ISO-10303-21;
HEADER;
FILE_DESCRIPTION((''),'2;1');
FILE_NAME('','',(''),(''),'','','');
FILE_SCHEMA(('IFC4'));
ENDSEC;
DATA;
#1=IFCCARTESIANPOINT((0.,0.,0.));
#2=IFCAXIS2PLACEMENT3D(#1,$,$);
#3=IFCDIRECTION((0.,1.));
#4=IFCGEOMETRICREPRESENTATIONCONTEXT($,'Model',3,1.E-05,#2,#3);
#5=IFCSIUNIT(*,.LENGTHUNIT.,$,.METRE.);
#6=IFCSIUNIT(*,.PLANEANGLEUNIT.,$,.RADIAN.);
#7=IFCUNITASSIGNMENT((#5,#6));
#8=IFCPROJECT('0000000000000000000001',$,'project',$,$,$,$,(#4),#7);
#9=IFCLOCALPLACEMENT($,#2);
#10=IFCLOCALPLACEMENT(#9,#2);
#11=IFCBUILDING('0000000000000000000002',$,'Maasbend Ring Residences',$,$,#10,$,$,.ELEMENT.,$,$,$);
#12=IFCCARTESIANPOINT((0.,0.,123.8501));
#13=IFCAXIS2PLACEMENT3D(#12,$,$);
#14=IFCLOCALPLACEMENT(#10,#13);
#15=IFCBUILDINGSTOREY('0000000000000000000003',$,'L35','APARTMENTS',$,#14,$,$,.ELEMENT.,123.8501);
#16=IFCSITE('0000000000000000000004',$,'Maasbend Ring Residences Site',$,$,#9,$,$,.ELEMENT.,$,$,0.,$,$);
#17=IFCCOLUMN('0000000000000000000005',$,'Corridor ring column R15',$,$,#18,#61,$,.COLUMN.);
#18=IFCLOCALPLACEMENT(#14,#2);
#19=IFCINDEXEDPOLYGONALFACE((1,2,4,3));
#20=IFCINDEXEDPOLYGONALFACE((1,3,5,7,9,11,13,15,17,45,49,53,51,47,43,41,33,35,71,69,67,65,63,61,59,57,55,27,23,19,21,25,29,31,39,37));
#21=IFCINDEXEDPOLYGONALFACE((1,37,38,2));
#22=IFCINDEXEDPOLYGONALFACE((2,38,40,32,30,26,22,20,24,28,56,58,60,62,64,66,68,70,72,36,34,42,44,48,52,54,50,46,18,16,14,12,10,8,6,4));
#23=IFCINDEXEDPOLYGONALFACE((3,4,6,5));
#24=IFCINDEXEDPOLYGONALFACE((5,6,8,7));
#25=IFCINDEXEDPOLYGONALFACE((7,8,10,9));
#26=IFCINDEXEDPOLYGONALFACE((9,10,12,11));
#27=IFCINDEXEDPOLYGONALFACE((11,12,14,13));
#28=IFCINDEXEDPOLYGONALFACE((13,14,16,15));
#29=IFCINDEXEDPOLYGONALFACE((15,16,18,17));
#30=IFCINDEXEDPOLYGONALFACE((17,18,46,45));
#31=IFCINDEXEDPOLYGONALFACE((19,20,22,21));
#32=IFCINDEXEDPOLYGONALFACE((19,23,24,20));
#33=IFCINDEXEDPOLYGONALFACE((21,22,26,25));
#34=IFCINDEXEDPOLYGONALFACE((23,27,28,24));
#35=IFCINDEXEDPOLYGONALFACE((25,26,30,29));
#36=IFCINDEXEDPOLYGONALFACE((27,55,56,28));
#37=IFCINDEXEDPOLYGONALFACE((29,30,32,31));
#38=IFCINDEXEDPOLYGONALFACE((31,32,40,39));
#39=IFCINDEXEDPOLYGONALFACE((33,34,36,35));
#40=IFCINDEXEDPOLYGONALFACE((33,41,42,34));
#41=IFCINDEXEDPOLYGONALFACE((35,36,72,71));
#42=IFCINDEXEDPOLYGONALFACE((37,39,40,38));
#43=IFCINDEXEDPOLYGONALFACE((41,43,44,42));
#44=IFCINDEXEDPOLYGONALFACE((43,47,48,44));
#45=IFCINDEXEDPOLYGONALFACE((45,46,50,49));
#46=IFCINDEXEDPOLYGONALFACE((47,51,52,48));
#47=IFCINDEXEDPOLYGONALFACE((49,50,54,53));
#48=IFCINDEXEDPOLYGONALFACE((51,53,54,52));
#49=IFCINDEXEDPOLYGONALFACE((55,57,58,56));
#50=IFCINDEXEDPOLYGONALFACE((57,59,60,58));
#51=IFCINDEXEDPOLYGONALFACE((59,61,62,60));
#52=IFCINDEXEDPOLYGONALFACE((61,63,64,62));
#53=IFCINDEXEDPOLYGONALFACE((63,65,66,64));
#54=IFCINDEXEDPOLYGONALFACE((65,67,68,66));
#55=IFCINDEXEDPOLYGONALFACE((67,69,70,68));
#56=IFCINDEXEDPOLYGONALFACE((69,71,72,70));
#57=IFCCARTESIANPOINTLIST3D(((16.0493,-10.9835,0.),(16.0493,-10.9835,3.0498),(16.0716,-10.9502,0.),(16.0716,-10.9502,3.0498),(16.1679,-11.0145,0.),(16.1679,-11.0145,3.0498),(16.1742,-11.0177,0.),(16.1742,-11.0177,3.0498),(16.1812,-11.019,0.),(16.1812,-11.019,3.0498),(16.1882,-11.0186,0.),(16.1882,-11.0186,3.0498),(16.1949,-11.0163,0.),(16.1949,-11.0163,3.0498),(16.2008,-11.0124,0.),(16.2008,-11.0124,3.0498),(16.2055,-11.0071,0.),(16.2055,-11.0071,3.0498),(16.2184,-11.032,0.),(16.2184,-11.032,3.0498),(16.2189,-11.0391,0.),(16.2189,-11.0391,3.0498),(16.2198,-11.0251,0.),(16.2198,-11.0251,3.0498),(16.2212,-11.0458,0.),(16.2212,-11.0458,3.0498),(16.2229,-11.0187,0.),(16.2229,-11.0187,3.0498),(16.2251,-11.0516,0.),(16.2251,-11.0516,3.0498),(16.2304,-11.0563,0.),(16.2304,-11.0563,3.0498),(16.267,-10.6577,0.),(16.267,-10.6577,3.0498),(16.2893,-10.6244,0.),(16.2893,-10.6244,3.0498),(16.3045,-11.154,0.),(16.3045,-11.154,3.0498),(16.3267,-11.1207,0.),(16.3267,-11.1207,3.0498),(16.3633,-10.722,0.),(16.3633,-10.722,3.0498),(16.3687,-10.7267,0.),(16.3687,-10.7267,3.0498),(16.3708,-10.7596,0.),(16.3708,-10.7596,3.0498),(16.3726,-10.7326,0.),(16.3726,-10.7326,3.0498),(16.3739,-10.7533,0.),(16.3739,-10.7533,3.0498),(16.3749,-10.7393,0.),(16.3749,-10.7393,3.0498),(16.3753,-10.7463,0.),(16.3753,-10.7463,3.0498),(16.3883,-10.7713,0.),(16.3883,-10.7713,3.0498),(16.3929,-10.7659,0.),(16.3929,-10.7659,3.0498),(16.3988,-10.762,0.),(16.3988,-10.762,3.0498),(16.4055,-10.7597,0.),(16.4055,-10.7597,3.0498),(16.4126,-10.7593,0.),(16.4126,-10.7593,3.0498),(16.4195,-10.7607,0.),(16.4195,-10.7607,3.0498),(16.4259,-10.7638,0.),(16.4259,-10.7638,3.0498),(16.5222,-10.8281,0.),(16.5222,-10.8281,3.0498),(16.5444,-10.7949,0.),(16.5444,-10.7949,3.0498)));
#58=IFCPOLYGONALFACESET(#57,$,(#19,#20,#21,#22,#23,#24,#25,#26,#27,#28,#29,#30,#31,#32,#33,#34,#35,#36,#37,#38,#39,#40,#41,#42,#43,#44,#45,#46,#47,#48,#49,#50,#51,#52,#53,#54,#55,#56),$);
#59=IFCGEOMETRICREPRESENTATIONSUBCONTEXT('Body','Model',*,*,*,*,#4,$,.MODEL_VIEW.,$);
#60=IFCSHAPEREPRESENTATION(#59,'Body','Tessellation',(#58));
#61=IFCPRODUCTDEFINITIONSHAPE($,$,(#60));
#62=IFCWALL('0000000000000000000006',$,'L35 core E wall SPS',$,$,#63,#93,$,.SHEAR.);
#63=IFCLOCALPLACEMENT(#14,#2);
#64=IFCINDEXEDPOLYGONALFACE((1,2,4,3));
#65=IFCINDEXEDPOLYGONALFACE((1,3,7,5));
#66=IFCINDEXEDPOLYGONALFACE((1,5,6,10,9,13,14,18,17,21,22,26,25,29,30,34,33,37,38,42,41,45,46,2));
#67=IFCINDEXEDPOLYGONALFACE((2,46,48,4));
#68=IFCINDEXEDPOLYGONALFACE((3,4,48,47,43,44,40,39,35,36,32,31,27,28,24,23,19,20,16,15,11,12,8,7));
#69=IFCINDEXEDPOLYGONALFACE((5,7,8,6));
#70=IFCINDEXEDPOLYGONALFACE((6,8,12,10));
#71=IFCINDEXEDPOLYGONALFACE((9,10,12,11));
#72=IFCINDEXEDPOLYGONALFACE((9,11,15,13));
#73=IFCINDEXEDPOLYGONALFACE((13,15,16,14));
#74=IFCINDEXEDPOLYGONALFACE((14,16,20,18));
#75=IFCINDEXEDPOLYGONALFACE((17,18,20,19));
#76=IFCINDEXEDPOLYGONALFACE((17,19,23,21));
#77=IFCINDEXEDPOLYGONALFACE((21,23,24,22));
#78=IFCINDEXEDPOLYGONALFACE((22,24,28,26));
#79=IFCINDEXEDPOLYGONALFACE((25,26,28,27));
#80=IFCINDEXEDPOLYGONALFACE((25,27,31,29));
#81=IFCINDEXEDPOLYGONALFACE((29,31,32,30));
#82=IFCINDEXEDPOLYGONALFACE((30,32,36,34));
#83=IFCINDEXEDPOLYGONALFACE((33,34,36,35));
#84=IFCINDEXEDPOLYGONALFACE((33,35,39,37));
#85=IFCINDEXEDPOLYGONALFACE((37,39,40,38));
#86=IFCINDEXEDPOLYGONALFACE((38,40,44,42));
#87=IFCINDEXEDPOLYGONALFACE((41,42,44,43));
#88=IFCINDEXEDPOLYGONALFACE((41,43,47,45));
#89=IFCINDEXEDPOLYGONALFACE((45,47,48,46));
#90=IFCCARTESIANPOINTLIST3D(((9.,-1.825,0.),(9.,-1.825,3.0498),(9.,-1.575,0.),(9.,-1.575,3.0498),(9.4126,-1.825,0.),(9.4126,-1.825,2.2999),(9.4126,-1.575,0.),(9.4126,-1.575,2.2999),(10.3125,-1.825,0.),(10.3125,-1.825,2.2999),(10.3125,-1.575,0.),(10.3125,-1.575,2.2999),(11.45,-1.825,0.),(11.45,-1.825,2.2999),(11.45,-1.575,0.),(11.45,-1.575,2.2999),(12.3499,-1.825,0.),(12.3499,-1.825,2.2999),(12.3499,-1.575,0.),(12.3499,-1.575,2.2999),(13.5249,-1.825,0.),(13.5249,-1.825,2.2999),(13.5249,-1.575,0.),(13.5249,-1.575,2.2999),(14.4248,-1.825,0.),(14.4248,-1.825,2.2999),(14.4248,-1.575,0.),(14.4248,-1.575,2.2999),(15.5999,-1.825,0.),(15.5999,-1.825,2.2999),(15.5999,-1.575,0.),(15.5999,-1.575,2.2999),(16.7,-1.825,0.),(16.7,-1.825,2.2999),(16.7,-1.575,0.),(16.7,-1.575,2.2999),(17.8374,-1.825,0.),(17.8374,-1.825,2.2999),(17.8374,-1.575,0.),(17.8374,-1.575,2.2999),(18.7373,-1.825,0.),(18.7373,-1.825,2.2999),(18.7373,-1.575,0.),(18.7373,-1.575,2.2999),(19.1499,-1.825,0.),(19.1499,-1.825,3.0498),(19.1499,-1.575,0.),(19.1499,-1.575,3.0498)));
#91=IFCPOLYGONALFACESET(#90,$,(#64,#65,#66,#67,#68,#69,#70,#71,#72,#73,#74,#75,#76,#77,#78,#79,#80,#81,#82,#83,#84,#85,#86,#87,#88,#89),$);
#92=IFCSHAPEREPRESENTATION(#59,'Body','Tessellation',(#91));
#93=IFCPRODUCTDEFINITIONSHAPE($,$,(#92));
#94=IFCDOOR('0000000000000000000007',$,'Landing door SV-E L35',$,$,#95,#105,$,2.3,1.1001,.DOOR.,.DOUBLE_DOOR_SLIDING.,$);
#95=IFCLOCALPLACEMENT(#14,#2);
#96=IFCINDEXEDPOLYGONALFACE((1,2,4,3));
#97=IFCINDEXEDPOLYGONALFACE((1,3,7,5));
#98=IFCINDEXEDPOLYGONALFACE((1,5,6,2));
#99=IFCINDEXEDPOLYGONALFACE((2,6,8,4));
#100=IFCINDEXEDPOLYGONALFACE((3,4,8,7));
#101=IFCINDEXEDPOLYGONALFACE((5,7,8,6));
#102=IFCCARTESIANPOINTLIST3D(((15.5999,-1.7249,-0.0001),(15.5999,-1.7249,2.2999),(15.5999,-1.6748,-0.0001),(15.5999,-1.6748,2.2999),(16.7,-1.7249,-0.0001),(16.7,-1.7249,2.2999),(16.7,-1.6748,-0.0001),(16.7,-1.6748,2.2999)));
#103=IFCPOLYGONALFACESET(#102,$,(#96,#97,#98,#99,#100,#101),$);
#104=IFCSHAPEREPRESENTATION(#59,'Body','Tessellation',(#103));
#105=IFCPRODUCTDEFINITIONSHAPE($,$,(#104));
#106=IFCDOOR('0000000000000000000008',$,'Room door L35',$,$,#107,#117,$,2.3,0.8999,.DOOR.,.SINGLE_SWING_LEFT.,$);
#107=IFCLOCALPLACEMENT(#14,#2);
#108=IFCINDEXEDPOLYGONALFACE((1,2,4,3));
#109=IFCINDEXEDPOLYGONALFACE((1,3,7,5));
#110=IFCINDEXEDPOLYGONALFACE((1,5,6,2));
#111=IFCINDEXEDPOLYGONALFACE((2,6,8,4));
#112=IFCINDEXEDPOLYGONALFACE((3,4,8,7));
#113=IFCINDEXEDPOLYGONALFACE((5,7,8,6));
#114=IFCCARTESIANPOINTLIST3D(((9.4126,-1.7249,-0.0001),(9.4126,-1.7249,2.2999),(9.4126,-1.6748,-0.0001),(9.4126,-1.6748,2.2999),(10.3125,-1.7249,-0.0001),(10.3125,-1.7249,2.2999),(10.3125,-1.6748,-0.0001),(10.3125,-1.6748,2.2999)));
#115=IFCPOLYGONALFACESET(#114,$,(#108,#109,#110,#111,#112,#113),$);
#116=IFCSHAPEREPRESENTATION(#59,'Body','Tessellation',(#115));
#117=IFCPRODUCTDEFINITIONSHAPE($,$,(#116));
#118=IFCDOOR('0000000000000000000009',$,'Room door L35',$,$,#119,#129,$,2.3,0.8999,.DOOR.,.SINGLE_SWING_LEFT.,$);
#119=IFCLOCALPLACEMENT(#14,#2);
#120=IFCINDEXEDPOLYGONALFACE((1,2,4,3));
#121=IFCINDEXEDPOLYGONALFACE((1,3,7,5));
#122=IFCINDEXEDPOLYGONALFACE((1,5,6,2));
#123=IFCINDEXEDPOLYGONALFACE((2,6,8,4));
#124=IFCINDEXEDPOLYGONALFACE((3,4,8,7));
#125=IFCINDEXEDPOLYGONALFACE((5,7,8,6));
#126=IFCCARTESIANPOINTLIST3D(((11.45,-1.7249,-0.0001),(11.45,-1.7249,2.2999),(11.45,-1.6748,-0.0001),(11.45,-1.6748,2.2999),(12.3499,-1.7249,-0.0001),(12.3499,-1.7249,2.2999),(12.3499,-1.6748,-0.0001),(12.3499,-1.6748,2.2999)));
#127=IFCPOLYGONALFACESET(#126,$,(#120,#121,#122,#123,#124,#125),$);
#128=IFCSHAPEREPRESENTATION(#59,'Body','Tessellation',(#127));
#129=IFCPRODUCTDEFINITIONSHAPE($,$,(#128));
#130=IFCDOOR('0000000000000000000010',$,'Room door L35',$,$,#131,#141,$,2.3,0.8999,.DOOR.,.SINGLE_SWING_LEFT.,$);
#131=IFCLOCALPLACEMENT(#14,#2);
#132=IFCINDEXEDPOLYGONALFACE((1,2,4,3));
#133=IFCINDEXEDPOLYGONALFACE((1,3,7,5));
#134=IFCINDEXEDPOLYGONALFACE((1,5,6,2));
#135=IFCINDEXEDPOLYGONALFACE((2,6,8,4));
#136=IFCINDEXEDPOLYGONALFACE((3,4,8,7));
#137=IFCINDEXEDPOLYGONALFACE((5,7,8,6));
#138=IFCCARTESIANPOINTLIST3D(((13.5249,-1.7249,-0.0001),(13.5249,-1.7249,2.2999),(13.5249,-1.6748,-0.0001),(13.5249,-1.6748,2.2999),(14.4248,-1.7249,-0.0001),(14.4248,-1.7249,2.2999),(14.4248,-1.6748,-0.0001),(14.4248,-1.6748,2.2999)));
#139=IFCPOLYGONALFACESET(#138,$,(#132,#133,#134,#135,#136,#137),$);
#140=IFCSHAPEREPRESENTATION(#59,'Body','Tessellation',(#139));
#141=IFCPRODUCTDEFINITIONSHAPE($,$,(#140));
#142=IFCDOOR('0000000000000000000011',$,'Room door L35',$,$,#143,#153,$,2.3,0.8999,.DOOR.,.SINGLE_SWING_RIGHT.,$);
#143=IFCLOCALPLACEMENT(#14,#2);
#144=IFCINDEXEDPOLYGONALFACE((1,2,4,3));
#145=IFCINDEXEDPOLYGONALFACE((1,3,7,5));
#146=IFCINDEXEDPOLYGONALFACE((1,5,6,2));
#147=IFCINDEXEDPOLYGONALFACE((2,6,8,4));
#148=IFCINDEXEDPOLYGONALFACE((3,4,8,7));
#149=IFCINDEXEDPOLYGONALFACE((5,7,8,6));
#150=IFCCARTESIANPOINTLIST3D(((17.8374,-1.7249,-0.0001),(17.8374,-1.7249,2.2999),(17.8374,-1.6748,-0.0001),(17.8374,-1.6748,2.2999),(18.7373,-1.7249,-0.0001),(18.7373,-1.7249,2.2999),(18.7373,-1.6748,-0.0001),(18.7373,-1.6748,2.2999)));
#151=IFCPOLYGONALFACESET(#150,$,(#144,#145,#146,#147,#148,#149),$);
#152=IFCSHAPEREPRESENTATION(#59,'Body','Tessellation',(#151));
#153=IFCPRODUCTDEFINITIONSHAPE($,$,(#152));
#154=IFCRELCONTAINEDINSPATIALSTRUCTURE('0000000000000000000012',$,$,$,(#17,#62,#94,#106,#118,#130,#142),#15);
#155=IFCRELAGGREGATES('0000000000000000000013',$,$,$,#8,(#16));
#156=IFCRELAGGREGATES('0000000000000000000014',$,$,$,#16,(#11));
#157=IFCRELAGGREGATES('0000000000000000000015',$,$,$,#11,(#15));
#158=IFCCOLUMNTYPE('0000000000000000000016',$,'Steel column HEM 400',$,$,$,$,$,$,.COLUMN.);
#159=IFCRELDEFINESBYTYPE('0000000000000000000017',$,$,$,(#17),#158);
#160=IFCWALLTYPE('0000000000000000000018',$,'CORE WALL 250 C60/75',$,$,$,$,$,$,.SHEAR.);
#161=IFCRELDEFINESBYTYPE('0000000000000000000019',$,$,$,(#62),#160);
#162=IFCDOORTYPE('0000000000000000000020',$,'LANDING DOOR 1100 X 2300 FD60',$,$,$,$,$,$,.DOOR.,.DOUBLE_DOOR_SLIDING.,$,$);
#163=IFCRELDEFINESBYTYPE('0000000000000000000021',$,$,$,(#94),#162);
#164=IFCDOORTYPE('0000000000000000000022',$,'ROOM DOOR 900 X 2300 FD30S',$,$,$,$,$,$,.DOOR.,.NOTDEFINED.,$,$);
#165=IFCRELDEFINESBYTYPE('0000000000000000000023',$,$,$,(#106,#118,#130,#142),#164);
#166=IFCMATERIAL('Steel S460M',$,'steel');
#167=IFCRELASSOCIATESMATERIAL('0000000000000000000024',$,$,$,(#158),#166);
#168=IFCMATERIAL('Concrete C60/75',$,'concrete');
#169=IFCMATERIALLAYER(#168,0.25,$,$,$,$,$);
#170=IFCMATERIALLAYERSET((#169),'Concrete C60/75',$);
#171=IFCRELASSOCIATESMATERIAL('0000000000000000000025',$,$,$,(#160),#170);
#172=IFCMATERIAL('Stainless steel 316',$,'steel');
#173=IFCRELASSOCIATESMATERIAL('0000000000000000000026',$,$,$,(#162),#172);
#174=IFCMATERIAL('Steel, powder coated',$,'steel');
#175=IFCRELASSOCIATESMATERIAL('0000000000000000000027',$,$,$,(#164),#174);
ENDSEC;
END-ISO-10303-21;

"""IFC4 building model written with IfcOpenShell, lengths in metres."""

from ifc_helpers import new_model, si_unit, direction, frame, frame_2d, origin, origin_2d, place, context, subcontext, project, spatial, rectangle, i_section, extrude, material, layer, layer_set, material_profile, profile_set, type_object, element, fill, save


model = new_model("IFC4")

# Units and contexts
model_context = context("Model", 3, precision=1e-05, world=origin(), true_north=direction((0.0, 1.0)))
body_context = subcontext(model_context, "Body", "Model", "MODEL_VIEW")
ifc_project = project(units=[si_unit("LENGTHUNIT", "METRE"), si_unit("PLANEANGLEUNIT", "RADIAN")], contexts=[model_context])

# Site, building, storey
site_placement = place(None, origin())
site = spatial("IfcSite", under=ifc_project, at=site_placement, Name="Maasbend Ring Residences Site", CompositionType="ELEMENT", RefElevation=0.0)
building_placement = place(site_placement, origin())
building = spatial("IfcBuilding", under=site, at=building_placement, Name="Maasbend Ring Residences", CompositionType="ELEMENT")
storey_placement = place(building_placement, frame((0.0, 0.0, 123.8501)))
storey = spatial("IfcBuildingStorey", under=building, at=storey_placement, Name="L35", Description="APARTMENTS", CompositionType="ELEMENT", Elevation=123.8501)

# Column
ifc_material_1 = material(Name="Steel S460M", Category="steel")
ifc_material_profile = material_profile(ifc_material_1, i_section(OverallWidth=0.3069, OverallDepth=0.4319, WebThickness=0.021, FlangeThickness=0.04, FilletRadius=0.0271, at=origin_2d()), Name="HEM 400")
ifc_profile_set = profile_set([ifc_material_profile], Name="Steel S460M")
column_type = type_object("IfcColumnType", Name="Steel column HEM 400", PredefinedType="COLUMN", material=ifc_profile_set)
column_placement = place(storey_placement, frame((16.2969, -10.8892, 0.0), z_axis=(0.0, 0.0, 1.0), x_axis=(0.83147, -0.55557, 0.0)))
element("IfcColumn", 1, at=column_placement, inside=storey, type_object=column_type, Name="Corridor ring column R15", PredefinedType="COLUMN", context=body_context, shape_type="SweptSolid", body=[
    extrude(i_section(OverallWidth=0.3069, OverallDepth=0.4319, WebThickness=0.021, FlangeThickness=0.04, FilletRadius=0.0271, at=origin_2d()), origin(), (0.0, 0.0, 1.0), 3.0498),
])

# Wall, openings, doors
ifc_material_2 = material(Name="Concrete C60/75", Category="concrete")
ifc_layer_1 = layer(ifc_material_2, 0.25)
ifc_layer_set_1 = layer_set([ifc_layer_1], Name="Concrete C60/75")
wall_type_1 = type_object("IfcWallType", Name="CORE WALL 250 C60/75", PredefinedType="SHEAR", material=ifc_layer_set_1)
wall_1_placement = place(storey_placement, frame((19.1499, -1.7, 0.0), z_axis=(0.0, 0.0, 1.0), x_axis=(-1.0, 0.0, 0.0)))
wall_1 = element("IfcWall", 2, at=wall_1_placement, inside=storey, type_object=wall_type_1, Name="L35 core E wall SPS", PredefinedType="SHEAR", context=body_context, shape_type="SweptSolid", body=[
    extrude(rectangle(XDim=10.1499, YDim=0.25, at=frame_2d((5.075, 0.0))), origin(), (0.0, 0.0, 1.0), 3.0498),
])
opening_1_placement = place(wall_1_placement, frame((2.45, 0.0, 0.0)))
opening_1 = element("IfcOpeningElement", 3, at=opening_1_placement, cuts=wall_1, PredefinedType="OPENING", context=body_context, shape_type="SweptSolid", body=[
    extrude(rectangle(XDim=1.1001, YDim=2.3, at=frame_2d((0.55, 1.1499))), frame((0.0, 0.135, 0.0), z_axis=(0.0, -1.0, 0.0), x_axis=(1.0, 0.0, 0.0)), (0.0, 0.0, 1.0), 0.27),
])
opening_2_placement = place(wall_1_placement, frame((8.8374, 0.0, 0.0)))
opening_2 = element("IfcOpeningElement", 4, at=opening_2_placement, cuts=wall_1, PredefinedType="OPENING", context=body_context, shape_type="SweptSolid", body=[
    extrude(rectangle(XDim=0.8999, YDim=2.3, at=frame_2d((0.45, 1.1499))), frame((0.0, 0.135, 0.0), z_axis=(0.0, -1.0, 0.0), x_axis=(1.0, 0.0, 0.0)), (0.0, 0.0, 1.0), 0.27),
])
opening_3_placement = place(wall_1_placement, frame((6.8, 0.0, 0.0)))
opening_3 = element("IfcOpeningElement", 5, at=opening_3_placement, cuts=wall_1, PredefinedType="OPENING", context=body_context, shape_type="SweptSolid", body=[
    extrude(rectangle(XDim=0.8999, YDim=2.3, at=frame_2d((0.45, 1.1499))), frame((0.0, 0.135, 0.0), z_axis=(0.0, -1.0, 0.0), x_axis=(1.0, 0.0, 0.0)), (0.0, 0.0, 1.0), 0.27),
])
opening_4_placement = place(wall_1_placement, frame((4.7251, 0.0, 0.0)))
opening_4 = element("IfcOpeningElement", 6, at=opening_4_placement, cuts=wall_1, PredefinedType="OPENING", context=body_context, shape_type="SweptSolid", body=[
    extrude(rectangle(XDim=0.8999, YDim=2.3, at=frame_2d((0.45, 1.1499))), frame((0.0, 0.135, 0.0), z_axis=(0.0, -1.0, 0.0), x_axis=(1.0, 0.0, 0.0)), (0.0, 0.0, 1.0), 0.27),
])
opening_5_placement = place(wall_1_placement, frame((0.4126, 0.0, 0.0)))
opening_5 = element("IfcOpeningElement", 7, at=opening_5_placement, cuts=wall_1, PredefinedType="OPENING", context=body_context, shape_type="SweptSolid", body=[
    extrude(rectangle(XDim=0.8999, YDim=2.3, at=frame_2d((0.45, 1.1499))), frame((0.0, 0.135, 0.0), z_axis=(0.0, -1.0, 0.0), x_axis=(1.0, 0.0, 0.0)), (0.0, 0.0, 1.0), 0.27),
])
ifc_material_3 = material(Name="Stainless steel 316", Category="steel")
door_type_1 = type_object("IfcDoorType", Name="LANDING DOOR 1100 X 2300 FD60", OperationType="DOUBLE_DOOR_SLIDING", PredefinedType="DOOR", material=ifc_material_3)
door_1_placement = place(opening_1_placement, origin())
door_1 = element("IfcDoor", 8, at=door_1_placement, inside=storey, type_object=door_type_1, Name="Landing door SV-E L35", OperationType="DOUBLE_DOOR_SLIDING", OverallHeight=2.3, OverallWidth=1.1001, PredefinedType="DOOR", context=body_context, shape_type="SweptSolid", body=[
    extrude(rectangle(XDim=1.1001, YDim=2.3, at=frame_2d((0.55, 1.1499))), frame((0.0, 0.0249, 0.0), z_axis=(0.0, -1.0, 0.0), x_axis=(1.0, 0.0, 0.0)), (0.0, 0.0, 1.0), 0.05),
])
fill(opening_1, door_1)
ifc_material_4 = material(Name="Steel, powder coated", Category="steel")
door_type_2 = type_object("IfcDoorType", Name="ROOM DOOR 900 X 2300 FD30S", OperationType="NOTDEFINED", PredefinedType="DOOR", material=ifc_material_4)
door_2_placement = place(opening_2_placement, origin())
door_2 = element("IfcDoor", 9, at=door_2_placement, inside=storey, type_object=door_type_2, Name="Room door L35", OperationType="SINGLE_SWING_LEFT", OverallHeight=2.3, OverallWidth=0.8999, PredefinedType="DOOR", context=body_context, shape_type="SweptSolid", body=[
    extrude(rectangle(XDim=0.8999, YDim=2.3, at=frame_2d((0.45, 1.1499))), frame((0.0, 0.0249, 0.0), z_axis=(0.0, -1.0, 0.0), x_axis=(1.0, 0.0, 0.0)), (0.0, 0.0, 1.0), 0.05),
])
fill(opening_2, door_2)
door_3_placement = place(opening_3_placement, origin())
door_3 = element("IfcDoor", 10, at=door_3_placement, inside=storey, type_object=door_type_2, Name="Room door L35", OperationType="SINGLE_SWING_LEFT", OverallHeight=2.3, OverallWidth=0.8999, PredefinedType="DOOR", context=body_context, shape_type="SweptSolid", body=[
    extrude(rectangle(XDim=0.8999, YDim=2.3, at=frame_2d((0.45, 1.1499))), frame((0.0, 0.0249, 0.0), z_axis=(0.0, -1.0, 0.0), x_axis=(1.0, 0.0, 0.0)), (0.0, 0.0, 1.0), 0.05),
])
fill(opening_3, door_3)
door_4_placement = place(opening_4_placement, origin())
door_4 = element("IfcDoor", 11, at=door_4_placement, inside=storey, type_object=door_type_2, Name="Room door L35", OperationType="SINGLE_SWING_LEFT", OverallHeight=2.3, OverallWidth=0.8999, PredefinedType="DOOR", context=body_context, shape_type="SweptSolid", body=[
    extrude(rectangle(XDim=0.8999, YDim=2.3, at=frame_2d((0.45, 1.1499))), frame((0.0, 0.0249, 0.0), z_axis=(0.0, -1.0, 0.0), x_axis=(1.0, 0.0, 0.0)), (0.0, 0.0, 1.0), 0.05),
])
fill(opening_4, door_4)
door_5_placement = place(opening_5_placement, origin())
door_5 = element("IfcDoor", 12, at=door_5_placement, inside=storey, type_object=door_type_2, Name="Room door L35", OperationType="SINGLE_SWING_RIGHT", OverallHeight=2.3, OverallWidth=0.8999, PredefinedType="DOOR", context=body_context, shape_type="SweptSolid", body=[
    extrude(rectangle(XDim=0.8999, YDim=2.3, at=frame_2d((0.45, 1.1499))), frame((0.0, 0.0249, 0.0), z_axis=(0.0, -1.0, 0.0), x_axis=(1.0, 0.0, 0.0)), (0.0, 0.0, 1.0), 0.05),
])
fill(opening_5, door_5)

save(model, "model.ifc")
